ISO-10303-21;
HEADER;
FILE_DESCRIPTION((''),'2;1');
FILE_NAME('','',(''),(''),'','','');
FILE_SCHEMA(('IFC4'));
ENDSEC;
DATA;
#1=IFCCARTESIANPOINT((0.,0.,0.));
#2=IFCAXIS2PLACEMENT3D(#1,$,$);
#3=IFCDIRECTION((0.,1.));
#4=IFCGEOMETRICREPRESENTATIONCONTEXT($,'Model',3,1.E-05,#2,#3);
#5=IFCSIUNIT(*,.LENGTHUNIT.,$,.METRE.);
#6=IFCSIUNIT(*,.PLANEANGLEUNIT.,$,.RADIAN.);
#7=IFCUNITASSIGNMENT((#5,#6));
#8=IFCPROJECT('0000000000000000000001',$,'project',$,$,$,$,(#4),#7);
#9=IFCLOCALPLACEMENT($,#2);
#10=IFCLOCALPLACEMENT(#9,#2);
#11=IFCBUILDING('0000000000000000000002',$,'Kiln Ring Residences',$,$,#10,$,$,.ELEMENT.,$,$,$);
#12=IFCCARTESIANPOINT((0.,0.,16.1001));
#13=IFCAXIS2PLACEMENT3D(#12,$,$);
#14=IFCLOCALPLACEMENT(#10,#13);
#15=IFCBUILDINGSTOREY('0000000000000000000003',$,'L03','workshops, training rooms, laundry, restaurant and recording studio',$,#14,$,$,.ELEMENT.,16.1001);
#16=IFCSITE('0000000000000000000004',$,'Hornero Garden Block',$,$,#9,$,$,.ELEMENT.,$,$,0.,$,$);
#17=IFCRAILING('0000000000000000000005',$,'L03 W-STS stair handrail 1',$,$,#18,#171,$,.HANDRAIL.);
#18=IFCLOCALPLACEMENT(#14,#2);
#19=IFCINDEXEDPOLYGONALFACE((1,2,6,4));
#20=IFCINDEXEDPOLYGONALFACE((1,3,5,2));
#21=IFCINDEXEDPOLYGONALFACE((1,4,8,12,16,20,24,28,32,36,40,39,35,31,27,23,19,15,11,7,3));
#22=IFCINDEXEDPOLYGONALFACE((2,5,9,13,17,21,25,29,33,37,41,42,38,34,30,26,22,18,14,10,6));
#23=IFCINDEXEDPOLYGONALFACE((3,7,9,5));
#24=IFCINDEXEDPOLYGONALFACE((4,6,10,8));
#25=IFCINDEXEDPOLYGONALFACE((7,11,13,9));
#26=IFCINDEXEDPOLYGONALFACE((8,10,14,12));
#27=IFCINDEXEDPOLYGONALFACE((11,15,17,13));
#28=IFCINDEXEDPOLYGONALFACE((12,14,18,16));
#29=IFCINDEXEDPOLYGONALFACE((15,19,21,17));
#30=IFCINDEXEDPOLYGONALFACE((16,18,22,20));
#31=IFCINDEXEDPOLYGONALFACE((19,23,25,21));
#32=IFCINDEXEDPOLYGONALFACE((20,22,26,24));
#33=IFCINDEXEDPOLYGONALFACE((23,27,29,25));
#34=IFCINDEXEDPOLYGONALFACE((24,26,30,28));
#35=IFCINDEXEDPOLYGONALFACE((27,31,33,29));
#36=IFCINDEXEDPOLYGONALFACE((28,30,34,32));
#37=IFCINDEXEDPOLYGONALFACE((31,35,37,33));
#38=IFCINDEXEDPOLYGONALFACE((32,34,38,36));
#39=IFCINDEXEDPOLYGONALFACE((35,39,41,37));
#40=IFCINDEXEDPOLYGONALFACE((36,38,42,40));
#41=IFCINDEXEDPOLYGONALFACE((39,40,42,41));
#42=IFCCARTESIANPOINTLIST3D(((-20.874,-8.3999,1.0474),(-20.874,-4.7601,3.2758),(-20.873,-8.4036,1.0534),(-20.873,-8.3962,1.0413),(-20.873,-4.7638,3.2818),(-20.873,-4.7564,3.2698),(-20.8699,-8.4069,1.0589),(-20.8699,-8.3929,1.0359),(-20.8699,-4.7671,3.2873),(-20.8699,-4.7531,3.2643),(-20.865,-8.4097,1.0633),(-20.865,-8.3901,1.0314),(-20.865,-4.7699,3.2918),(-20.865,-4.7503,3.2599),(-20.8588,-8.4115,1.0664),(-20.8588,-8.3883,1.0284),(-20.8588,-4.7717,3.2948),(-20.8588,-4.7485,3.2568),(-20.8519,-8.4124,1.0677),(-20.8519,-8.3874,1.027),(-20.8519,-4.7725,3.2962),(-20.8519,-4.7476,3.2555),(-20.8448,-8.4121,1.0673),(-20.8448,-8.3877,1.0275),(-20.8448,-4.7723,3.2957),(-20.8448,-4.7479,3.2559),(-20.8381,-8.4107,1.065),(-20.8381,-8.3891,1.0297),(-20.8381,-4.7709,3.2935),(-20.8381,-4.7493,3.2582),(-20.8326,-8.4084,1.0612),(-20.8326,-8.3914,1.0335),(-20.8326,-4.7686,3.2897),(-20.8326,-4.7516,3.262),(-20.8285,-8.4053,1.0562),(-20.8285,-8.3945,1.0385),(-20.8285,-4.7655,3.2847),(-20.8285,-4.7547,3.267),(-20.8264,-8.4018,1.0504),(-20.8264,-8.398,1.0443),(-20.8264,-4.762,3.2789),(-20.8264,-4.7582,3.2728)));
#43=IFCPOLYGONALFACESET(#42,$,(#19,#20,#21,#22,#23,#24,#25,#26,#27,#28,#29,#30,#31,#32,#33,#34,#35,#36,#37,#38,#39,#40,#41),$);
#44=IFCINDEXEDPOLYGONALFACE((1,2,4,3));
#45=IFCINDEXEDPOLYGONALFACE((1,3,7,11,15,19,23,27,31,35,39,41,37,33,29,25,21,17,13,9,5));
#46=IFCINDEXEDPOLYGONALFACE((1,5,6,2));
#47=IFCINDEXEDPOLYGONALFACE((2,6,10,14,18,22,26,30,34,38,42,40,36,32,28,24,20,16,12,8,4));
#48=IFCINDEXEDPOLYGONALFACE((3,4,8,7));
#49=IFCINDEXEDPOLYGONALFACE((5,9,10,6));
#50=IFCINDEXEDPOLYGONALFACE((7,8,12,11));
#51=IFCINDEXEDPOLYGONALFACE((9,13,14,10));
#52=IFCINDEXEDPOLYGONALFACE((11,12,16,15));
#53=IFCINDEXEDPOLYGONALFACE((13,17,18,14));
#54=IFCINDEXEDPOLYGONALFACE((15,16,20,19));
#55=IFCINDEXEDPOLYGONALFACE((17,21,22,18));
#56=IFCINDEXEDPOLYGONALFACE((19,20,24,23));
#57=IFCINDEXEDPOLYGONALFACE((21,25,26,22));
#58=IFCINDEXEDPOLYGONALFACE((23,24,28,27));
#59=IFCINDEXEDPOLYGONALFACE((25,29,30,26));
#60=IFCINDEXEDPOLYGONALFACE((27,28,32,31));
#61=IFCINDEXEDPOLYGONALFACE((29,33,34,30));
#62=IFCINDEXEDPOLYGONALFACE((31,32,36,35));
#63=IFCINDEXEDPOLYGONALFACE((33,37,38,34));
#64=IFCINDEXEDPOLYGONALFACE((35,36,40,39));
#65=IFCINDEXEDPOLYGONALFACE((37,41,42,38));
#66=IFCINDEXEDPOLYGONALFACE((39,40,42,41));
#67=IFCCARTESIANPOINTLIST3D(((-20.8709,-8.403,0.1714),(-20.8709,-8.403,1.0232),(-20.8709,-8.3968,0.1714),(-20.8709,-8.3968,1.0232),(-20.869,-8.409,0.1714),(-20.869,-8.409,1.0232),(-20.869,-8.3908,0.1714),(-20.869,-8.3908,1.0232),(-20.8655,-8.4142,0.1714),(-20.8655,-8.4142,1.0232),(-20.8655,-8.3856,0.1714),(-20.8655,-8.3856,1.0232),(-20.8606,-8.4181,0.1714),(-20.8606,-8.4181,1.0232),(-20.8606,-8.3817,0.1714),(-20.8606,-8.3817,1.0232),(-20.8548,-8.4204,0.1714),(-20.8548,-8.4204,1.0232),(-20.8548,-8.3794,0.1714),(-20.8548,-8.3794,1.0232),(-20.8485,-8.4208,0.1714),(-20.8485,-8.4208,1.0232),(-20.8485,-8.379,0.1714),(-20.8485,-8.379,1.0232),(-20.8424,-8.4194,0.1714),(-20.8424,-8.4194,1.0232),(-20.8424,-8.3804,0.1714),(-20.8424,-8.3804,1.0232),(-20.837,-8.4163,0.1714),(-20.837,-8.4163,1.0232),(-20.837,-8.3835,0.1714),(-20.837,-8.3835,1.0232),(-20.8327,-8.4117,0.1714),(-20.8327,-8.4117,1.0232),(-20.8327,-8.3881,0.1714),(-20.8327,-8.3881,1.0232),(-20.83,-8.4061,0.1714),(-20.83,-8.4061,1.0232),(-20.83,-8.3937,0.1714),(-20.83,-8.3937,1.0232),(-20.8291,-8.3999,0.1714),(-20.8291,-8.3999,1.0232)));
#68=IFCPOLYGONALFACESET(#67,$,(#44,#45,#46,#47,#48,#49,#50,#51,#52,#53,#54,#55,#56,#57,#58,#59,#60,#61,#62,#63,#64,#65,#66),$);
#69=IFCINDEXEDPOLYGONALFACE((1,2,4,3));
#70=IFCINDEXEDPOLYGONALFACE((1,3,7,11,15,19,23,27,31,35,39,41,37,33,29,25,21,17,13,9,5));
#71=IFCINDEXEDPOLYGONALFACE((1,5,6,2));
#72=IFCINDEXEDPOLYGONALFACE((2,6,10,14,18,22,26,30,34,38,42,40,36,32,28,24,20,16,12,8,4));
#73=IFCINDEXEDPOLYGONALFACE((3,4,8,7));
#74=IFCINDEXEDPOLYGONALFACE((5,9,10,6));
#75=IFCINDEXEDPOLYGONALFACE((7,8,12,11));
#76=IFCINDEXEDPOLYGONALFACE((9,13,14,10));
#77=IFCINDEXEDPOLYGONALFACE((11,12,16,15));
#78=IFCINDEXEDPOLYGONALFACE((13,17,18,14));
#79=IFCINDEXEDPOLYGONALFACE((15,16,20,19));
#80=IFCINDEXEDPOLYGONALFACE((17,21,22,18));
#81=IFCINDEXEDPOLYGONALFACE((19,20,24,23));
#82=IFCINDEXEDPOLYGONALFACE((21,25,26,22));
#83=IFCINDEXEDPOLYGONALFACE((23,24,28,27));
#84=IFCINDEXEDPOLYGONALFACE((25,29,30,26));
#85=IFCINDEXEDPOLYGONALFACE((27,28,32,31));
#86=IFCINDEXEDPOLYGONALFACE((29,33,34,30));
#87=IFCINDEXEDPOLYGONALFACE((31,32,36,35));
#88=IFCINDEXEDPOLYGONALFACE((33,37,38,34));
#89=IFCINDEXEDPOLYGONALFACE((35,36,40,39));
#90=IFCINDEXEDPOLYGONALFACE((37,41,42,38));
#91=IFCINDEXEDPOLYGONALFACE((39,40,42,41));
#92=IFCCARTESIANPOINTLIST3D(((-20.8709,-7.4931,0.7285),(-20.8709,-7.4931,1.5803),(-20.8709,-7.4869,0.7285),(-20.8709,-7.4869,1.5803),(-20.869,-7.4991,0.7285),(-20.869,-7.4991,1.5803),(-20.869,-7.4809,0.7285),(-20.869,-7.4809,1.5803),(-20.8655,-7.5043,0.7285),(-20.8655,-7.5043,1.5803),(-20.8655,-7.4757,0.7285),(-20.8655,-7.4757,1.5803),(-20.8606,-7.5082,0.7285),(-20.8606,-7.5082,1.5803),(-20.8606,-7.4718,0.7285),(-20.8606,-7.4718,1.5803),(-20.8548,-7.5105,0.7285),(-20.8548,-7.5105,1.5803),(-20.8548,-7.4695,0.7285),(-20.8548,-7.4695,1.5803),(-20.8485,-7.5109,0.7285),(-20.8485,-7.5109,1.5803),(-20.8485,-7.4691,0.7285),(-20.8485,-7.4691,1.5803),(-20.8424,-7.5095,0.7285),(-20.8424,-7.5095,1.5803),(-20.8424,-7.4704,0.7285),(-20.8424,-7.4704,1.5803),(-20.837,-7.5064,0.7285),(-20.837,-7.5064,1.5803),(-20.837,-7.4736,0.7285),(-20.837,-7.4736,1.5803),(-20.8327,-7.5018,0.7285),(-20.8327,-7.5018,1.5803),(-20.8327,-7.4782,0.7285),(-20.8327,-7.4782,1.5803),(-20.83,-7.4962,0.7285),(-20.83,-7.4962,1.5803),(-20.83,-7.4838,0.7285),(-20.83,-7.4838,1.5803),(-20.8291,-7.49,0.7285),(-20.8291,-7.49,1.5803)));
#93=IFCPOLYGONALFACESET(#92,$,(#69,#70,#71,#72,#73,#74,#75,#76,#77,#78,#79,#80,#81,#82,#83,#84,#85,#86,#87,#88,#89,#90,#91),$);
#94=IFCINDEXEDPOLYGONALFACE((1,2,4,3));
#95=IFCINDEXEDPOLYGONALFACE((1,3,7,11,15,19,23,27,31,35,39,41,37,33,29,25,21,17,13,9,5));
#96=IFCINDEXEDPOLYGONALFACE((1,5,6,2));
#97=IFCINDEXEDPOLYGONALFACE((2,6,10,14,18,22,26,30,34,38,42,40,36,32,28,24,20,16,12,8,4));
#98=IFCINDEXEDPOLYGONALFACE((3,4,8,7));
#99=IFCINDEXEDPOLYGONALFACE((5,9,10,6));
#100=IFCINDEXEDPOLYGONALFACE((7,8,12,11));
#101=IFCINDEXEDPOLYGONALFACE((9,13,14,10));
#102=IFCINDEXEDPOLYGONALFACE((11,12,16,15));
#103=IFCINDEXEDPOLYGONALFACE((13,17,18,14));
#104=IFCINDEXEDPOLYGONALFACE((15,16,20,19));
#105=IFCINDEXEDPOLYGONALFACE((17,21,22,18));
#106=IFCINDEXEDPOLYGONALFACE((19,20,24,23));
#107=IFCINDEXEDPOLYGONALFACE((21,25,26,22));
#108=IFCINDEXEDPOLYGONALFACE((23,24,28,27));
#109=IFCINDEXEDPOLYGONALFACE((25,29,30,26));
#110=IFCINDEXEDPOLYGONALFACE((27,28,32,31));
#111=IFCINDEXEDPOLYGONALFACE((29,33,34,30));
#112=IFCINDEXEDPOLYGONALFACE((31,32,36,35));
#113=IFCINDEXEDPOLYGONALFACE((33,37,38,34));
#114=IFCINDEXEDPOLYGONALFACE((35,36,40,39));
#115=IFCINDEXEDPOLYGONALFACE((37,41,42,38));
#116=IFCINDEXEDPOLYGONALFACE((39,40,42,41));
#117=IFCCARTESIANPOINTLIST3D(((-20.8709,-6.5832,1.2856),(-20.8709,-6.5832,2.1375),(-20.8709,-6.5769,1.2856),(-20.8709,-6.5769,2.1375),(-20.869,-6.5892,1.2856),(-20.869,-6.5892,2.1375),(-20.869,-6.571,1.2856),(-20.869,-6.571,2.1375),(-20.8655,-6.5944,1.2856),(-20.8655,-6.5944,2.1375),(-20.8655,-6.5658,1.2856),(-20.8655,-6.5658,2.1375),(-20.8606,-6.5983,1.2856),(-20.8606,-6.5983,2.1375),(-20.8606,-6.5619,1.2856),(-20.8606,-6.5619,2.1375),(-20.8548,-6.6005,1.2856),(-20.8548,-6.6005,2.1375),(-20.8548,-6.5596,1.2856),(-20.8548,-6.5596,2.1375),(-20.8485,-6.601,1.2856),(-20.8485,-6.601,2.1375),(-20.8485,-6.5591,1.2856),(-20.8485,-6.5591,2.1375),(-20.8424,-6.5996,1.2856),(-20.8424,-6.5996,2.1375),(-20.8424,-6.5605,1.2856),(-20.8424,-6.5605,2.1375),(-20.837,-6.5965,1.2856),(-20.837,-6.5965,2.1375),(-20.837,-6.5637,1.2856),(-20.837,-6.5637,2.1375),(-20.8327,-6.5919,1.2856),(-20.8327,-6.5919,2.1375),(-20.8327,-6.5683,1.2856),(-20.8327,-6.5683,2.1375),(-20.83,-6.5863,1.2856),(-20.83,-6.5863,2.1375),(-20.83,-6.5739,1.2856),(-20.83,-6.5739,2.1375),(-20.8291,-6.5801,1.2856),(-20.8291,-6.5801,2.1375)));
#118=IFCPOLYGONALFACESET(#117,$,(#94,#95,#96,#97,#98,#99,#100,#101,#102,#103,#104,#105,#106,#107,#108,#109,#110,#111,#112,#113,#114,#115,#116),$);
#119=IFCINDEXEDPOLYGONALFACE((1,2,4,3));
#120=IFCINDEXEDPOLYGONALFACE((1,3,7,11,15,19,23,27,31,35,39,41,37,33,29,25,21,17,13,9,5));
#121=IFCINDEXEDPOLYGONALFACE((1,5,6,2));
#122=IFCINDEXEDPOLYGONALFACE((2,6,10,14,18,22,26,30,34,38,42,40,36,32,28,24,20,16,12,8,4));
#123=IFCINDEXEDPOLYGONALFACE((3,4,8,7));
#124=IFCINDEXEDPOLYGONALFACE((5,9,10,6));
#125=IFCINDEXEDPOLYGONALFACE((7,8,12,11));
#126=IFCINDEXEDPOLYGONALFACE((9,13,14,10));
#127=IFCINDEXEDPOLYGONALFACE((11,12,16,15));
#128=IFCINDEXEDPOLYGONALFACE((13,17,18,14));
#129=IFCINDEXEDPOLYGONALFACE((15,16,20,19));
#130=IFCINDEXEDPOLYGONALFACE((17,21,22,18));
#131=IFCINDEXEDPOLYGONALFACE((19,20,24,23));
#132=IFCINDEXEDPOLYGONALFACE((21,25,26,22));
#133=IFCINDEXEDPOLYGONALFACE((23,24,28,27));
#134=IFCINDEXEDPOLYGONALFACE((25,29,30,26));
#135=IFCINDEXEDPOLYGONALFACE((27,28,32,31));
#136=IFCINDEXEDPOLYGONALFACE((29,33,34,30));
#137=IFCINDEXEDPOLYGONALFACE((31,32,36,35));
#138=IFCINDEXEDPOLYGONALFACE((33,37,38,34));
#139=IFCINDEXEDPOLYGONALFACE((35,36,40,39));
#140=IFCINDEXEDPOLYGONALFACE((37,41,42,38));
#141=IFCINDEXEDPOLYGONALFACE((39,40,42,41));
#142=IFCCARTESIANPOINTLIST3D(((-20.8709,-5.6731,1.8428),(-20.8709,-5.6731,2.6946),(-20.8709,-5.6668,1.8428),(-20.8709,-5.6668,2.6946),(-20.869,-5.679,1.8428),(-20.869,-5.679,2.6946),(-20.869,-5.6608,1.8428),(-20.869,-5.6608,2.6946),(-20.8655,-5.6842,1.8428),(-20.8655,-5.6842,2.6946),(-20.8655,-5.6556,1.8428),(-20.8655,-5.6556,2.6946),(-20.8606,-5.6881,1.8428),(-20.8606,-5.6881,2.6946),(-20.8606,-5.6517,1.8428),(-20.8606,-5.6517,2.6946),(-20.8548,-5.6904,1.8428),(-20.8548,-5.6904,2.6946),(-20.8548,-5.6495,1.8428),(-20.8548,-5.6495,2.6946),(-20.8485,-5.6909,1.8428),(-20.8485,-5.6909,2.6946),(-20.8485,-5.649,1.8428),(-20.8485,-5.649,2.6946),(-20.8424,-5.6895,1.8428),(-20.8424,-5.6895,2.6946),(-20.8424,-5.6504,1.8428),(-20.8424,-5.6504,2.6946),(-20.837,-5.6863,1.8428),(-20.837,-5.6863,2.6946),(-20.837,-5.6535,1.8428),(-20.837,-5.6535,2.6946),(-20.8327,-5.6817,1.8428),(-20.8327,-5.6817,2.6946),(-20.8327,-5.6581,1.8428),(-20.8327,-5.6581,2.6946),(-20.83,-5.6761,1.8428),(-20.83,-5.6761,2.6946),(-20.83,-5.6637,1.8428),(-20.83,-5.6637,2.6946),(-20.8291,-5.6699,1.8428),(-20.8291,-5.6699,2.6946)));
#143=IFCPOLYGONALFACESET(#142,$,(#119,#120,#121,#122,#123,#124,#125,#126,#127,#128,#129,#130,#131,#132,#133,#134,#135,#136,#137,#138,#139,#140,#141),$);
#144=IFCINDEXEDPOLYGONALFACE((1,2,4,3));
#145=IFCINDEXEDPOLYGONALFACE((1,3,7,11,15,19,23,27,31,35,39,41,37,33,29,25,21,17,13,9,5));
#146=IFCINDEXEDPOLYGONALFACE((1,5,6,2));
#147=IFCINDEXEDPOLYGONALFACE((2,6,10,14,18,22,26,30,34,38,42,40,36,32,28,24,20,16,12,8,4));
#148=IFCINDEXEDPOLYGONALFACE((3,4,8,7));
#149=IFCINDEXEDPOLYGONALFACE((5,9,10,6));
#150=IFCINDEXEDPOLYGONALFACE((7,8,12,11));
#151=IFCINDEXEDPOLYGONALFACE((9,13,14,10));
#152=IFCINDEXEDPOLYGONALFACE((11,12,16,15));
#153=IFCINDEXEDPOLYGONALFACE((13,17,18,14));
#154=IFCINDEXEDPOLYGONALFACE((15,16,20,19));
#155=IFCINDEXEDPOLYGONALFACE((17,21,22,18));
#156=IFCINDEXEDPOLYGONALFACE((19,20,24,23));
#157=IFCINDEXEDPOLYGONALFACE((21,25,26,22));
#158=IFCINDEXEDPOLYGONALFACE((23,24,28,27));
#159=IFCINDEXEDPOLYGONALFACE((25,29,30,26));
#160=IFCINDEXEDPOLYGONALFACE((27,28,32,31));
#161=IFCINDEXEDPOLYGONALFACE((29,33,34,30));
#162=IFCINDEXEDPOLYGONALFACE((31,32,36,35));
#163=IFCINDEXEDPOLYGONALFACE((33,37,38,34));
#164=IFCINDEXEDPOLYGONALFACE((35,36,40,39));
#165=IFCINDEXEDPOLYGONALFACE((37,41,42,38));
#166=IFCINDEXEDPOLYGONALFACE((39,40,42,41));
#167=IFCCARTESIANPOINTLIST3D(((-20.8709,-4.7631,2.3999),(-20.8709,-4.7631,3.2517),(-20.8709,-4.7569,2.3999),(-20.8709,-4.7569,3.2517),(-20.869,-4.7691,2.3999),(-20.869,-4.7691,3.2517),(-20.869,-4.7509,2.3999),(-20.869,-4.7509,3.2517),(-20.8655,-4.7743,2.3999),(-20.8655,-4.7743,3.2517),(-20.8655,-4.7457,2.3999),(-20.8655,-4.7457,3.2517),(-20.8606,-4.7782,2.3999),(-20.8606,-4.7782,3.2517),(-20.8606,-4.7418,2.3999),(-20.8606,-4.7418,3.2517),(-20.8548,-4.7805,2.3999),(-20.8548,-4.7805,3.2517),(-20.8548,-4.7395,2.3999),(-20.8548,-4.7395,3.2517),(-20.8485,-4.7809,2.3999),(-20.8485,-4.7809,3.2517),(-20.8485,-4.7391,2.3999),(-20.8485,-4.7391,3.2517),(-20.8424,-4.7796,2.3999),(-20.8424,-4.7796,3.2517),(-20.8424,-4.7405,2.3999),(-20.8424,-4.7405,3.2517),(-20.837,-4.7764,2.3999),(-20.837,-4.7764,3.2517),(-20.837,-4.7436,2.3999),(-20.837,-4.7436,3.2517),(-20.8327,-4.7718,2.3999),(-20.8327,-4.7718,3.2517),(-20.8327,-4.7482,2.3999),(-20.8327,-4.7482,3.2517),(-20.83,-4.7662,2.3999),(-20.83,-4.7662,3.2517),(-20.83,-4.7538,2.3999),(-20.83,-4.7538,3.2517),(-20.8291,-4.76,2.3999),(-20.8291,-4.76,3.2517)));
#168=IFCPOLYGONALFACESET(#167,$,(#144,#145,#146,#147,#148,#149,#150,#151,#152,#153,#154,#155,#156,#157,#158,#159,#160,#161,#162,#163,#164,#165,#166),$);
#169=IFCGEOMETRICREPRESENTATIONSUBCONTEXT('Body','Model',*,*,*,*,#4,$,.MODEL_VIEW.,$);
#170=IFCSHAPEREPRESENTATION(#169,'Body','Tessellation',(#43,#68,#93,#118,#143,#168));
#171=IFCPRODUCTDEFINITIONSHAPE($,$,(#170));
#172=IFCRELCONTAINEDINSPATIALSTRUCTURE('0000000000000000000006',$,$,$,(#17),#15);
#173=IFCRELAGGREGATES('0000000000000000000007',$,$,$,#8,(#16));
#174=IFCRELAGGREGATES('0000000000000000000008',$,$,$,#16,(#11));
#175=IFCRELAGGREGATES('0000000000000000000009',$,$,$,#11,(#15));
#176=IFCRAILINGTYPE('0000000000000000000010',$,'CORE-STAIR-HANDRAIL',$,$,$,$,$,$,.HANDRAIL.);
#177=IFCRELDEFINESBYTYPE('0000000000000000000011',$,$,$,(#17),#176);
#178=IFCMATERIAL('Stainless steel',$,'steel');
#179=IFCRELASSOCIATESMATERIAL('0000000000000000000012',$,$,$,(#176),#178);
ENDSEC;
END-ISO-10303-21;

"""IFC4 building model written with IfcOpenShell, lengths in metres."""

from ifc_helpers import new_model, si_unit, direction, frame, origin, origin_2d, place, context, subcontext, project, spatial, circle, extrude, material, type_object, element, save


model = new_model("IFC4")

# Units and contexts
model_context = context("Model", 3, precision=1e-05, world=origin(), true_north=direction((0.0, 1.0)))
body_context = subcontext(model_context, "Body", "Model", "MODEL_VIEW")
ifc_project = project(units=[si_unit("LENGTHUNIT", "METRE"), si_unit("PLANEANGLEUNIT", "RADIAN")], contexts=[model_context])

# Site, building, storey
site_placement = place(None, origin())
site = spatial("IfcSite", under=ifc_project, at=site_placement, Name="Hornero Garden Block", CompositionType="ELEMENT", RefElevation=0.0)
building_placement = place(site_placement, origin())
building = spatial("IfcBuilding", under=site, at=building_placement, Name="Kiln Ring Residences", CompositionType="ELEMENT")
storey_placement = place(building_placement, frame((0.0, 0.0, 16.1001)))
storey = spatial("IfcBuildingStorey", under=building, at=storey_placement, Name="L03", Description="workshops, training rooms, laundry, restaurant and recording studio", CompositionType="ELEMENT", Elevation=16.1001)

# Railing
ifc_material_1 = material(Name="Stainless steel", Category="steel")
railing_type_1 = type_object("IfcRailingType", Name="CORE-STAIR-HANDRAIL", PredefinedType="HANDRAIL", material=ifc_material_1)
railing_1_placement = place(storey_placement, frame((-20.8501, -8.3999, 0.1714)))
element("IfcRailing", 1, at=railing_1_placement, inside=storey, type_object=railing_type_1, Name="L03 W-STS stair handrail 1", PredefinedType="HANDRAIL", context=body_context, shape_type="SweptSolid", body=[
    extrude(circle(Radius=0.0239, at=origin_2d()), frame((0.0, 0.0, 0.876), z_axis=(0.0, 0.85285, 0.522156), x_axis=(-1.0, 0.0, 0.0)), (0.0, 0.0, 1.0), 4.2678),
    extrude(circle(Radius=0.021, at=origin_2d()), origin(), (0.0, 0.0, 1.0), 0.8518),
    extrude(circle(Radius=0.021, at=origin_2d()), frame((0.0, 0.9099, 0.5571)), (0.0, 0.0, 1.0), 0.8518),
    extrude(circle(Radius=0.021, at=origin_2d()), frame((0.0, 1.8198, 1.1143)), (0.0, 0.0, 1.0), 0.8518),
    extrude(circle(Radius=0.021, at=origin_2d()), frame((0.0, 2.73, 1.6714)), (0.0, 0.0, 1.0), 0.8518),
    extrude(circle(Radius=0.021, at=origin_2d()), frame((0.0, 3.6399, 2.2285)), (0.0, 0.0, 1.0), 0.8518),
])

save(model, "model.ifc")
